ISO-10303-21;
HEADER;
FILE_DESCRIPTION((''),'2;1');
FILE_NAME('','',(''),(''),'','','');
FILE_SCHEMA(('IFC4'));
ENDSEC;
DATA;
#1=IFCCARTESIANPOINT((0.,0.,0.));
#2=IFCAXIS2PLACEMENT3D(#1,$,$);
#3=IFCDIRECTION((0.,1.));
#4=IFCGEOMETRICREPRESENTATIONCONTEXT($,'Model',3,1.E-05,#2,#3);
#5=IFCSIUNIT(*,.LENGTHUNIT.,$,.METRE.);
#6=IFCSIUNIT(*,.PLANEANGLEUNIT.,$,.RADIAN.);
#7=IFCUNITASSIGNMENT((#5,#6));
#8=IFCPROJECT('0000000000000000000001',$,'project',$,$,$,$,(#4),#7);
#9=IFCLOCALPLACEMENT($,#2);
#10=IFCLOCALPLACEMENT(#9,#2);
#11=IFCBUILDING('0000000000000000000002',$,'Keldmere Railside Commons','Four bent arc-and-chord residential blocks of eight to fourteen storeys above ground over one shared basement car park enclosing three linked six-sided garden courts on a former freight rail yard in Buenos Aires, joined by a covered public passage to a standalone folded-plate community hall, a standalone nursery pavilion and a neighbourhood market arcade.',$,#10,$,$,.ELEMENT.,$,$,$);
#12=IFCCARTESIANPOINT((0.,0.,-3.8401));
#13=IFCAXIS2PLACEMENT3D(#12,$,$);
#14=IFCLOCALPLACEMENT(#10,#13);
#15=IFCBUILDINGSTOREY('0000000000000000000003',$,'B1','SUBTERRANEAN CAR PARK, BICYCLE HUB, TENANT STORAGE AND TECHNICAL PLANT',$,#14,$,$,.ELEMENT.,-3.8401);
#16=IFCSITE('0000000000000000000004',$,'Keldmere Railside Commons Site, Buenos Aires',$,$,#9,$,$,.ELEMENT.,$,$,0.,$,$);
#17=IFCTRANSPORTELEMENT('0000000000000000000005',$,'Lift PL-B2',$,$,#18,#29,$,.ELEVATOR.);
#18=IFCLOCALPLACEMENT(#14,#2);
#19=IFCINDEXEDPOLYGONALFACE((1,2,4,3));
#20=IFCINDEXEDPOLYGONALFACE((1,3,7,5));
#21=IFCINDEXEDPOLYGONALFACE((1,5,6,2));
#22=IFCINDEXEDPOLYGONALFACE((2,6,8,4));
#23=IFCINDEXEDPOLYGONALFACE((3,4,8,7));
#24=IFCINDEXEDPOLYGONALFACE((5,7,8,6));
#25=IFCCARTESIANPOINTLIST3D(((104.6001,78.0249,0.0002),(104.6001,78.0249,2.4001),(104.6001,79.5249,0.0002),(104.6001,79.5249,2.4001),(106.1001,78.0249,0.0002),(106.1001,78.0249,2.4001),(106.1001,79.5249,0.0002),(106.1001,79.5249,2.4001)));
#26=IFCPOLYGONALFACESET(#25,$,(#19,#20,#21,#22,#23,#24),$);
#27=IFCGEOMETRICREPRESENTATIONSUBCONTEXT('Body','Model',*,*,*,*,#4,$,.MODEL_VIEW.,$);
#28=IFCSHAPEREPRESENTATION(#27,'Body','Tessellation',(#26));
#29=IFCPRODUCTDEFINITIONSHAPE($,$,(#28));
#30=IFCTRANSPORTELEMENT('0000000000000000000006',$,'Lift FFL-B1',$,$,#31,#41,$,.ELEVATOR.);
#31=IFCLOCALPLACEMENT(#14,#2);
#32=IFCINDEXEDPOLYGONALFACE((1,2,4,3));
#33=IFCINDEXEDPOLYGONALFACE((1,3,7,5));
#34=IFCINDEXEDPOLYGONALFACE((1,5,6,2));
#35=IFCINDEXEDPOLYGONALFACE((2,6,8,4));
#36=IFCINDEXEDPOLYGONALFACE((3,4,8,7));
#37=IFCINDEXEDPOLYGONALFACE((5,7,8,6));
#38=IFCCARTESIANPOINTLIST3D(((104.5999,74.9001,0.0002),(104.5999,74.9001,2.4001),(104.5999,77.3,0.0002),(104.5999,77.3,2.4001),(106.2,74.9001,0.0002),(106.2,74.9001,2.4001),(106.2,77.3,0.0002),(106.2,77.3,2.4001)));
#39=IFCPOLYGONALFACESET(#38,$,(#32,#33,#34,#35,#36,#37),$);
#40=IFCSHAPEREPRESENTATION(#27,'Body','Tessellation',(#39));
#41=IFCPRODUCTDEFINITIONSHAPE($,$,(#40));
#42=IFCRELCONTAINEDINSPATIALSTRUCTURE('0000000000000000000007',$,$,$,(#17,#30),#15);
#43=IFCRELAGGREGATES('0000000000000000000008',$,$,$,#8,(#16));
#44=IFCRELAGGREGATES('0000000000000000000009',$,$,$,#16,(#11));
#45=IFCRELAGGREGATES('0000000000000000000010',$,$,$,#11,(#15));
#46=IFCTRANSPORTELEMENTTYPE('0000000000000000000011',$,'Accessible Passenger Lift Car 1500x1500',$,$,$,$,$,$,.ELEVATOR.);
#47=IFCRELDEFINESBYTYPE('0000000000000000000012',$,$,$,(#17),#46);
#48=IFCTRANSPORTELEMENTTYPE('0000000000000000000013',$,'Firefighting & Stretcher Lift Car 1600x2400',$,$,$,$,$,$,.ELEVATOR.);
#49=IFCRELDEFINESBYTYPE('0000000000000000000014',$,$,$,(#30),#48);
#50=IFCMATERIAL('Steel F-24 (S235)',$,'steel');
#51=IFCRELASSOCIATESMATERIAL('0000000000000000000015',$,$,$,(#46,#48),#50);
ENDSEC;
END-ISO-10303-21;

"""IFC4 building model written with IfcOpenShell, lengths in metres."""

from ifc_helpers import new_model, si_unit, direction, frame, origin, origin_2d, place, context, subcontext, project, spatial, rectangle, extrude, material, type_object, element, save


model = new_model("IFC4")

# Units and contexts
model_context = context("Model", 3, precision=1e-05, world=origin(), true_north=direction((0.0, 1.0)))
body_context = subcontext(model_context, "Body", "Model", "MODEL_VIEW")
ifc_project = project(units=[si_unit("LENGTHUNIT", "METRE"), si_unit("PLANEANGLEUNIT", "RADIAN")], contexts=[model_context])

# Site, building, storey
site_placement = place(None, origin())
site = spatial("IfcSite", under=ifc_project, at=site_placement, Name="Keldmere Railside Commons Site, Buenos Aires", CompositionType="ELEMENT", RefElevation=0.0)
building_placement = place(site_placement, origin())
building = spatial("IfcBuilding", under=site, at=building_placement, Name="Keldmere Railside Commons", Description="Four bent arc-and-chord residential blocks of eight to fourteen storeys above ground over one shared basement car park enclosing three linked six-sided garden courts on a former freight rail yard in Buenos Aires, joined by a covered public passage to a standalone folded-plate community hall, a standalone nursery pavilion and a neighbourhood market arcade.", CompositionType="ELEMENT")
storey_placement = place(building_placement, frame((0.0, 0.0, -3.8401)))
storey = spatial("IfcBuildingStorey", under=building, at=storey_placement, Name="B1", Description="SUBTERRANEAN CAR PARK, BICYCLE HUB, TENANT STORAGE AND TECHNICAL PLANT", CompositionType="ELEMENT", Elevation=-3.8401)

# Shared definitions
ifc_material_1 = material(Name="Steel F-24 (S235)", Category="steel")

# Transport elements
transport_element_type_1 = type_object("IfcTransportElementType", Name="Accessible Passenger Lift Car 1500x1500", PredefinedType="ELEVATOR", material=ifc_material_1)
transport_element_1_placement = place(storey_placement, frame((105.3501, 78.7749, 0.0002), z_axis=(0.0, 0.0, 1.0), x_axis=(1.0, 0.0, 0.0)))
element("IfcTransportElement", 1, at=transport_element_1_placement, inside=storey, type_object=transport_element_type_1, Name="Lift PL-B2", PredefinedType="ELEVATOR", context=body_context, shape_type="SweptSolid", body=[
    extrude(rectangle(XDim=1.5, YDim=1.5, at=origin_2d()), origin(), (0.0, 0.0, 1.0), 2.3999),
])
transport_element_type_2 = type_object("IfcTransportElementType", Name="Firefighting & Stretcher Lift Car 1600x2400", PredefinedType="ELEVATOR", material=ifc_material_1)
transport_element_2_placement = place(storey_placement, frame((105.3999, 76.1001, 0.0002), z_axis=(0.0, 0.0, 1.0), x_axis=(1.0, 0.0, 0.0)))
element("IfcTransportElement", 2, at=transport_element_2_placement, inside=storey, type_object=transport_element_type_2, Name="Lift FFL-B1", PredefinedType="ELEVATOR", context=body_context, shape_type="SweptSolid", body=[
    extrude(rectangle(XDim=1.6001, YDim=2.3999, at=origin_2d()), origin(), (0.0, 0.0, 1.0), 2.3999),
])

save(model, "model.ifc")
